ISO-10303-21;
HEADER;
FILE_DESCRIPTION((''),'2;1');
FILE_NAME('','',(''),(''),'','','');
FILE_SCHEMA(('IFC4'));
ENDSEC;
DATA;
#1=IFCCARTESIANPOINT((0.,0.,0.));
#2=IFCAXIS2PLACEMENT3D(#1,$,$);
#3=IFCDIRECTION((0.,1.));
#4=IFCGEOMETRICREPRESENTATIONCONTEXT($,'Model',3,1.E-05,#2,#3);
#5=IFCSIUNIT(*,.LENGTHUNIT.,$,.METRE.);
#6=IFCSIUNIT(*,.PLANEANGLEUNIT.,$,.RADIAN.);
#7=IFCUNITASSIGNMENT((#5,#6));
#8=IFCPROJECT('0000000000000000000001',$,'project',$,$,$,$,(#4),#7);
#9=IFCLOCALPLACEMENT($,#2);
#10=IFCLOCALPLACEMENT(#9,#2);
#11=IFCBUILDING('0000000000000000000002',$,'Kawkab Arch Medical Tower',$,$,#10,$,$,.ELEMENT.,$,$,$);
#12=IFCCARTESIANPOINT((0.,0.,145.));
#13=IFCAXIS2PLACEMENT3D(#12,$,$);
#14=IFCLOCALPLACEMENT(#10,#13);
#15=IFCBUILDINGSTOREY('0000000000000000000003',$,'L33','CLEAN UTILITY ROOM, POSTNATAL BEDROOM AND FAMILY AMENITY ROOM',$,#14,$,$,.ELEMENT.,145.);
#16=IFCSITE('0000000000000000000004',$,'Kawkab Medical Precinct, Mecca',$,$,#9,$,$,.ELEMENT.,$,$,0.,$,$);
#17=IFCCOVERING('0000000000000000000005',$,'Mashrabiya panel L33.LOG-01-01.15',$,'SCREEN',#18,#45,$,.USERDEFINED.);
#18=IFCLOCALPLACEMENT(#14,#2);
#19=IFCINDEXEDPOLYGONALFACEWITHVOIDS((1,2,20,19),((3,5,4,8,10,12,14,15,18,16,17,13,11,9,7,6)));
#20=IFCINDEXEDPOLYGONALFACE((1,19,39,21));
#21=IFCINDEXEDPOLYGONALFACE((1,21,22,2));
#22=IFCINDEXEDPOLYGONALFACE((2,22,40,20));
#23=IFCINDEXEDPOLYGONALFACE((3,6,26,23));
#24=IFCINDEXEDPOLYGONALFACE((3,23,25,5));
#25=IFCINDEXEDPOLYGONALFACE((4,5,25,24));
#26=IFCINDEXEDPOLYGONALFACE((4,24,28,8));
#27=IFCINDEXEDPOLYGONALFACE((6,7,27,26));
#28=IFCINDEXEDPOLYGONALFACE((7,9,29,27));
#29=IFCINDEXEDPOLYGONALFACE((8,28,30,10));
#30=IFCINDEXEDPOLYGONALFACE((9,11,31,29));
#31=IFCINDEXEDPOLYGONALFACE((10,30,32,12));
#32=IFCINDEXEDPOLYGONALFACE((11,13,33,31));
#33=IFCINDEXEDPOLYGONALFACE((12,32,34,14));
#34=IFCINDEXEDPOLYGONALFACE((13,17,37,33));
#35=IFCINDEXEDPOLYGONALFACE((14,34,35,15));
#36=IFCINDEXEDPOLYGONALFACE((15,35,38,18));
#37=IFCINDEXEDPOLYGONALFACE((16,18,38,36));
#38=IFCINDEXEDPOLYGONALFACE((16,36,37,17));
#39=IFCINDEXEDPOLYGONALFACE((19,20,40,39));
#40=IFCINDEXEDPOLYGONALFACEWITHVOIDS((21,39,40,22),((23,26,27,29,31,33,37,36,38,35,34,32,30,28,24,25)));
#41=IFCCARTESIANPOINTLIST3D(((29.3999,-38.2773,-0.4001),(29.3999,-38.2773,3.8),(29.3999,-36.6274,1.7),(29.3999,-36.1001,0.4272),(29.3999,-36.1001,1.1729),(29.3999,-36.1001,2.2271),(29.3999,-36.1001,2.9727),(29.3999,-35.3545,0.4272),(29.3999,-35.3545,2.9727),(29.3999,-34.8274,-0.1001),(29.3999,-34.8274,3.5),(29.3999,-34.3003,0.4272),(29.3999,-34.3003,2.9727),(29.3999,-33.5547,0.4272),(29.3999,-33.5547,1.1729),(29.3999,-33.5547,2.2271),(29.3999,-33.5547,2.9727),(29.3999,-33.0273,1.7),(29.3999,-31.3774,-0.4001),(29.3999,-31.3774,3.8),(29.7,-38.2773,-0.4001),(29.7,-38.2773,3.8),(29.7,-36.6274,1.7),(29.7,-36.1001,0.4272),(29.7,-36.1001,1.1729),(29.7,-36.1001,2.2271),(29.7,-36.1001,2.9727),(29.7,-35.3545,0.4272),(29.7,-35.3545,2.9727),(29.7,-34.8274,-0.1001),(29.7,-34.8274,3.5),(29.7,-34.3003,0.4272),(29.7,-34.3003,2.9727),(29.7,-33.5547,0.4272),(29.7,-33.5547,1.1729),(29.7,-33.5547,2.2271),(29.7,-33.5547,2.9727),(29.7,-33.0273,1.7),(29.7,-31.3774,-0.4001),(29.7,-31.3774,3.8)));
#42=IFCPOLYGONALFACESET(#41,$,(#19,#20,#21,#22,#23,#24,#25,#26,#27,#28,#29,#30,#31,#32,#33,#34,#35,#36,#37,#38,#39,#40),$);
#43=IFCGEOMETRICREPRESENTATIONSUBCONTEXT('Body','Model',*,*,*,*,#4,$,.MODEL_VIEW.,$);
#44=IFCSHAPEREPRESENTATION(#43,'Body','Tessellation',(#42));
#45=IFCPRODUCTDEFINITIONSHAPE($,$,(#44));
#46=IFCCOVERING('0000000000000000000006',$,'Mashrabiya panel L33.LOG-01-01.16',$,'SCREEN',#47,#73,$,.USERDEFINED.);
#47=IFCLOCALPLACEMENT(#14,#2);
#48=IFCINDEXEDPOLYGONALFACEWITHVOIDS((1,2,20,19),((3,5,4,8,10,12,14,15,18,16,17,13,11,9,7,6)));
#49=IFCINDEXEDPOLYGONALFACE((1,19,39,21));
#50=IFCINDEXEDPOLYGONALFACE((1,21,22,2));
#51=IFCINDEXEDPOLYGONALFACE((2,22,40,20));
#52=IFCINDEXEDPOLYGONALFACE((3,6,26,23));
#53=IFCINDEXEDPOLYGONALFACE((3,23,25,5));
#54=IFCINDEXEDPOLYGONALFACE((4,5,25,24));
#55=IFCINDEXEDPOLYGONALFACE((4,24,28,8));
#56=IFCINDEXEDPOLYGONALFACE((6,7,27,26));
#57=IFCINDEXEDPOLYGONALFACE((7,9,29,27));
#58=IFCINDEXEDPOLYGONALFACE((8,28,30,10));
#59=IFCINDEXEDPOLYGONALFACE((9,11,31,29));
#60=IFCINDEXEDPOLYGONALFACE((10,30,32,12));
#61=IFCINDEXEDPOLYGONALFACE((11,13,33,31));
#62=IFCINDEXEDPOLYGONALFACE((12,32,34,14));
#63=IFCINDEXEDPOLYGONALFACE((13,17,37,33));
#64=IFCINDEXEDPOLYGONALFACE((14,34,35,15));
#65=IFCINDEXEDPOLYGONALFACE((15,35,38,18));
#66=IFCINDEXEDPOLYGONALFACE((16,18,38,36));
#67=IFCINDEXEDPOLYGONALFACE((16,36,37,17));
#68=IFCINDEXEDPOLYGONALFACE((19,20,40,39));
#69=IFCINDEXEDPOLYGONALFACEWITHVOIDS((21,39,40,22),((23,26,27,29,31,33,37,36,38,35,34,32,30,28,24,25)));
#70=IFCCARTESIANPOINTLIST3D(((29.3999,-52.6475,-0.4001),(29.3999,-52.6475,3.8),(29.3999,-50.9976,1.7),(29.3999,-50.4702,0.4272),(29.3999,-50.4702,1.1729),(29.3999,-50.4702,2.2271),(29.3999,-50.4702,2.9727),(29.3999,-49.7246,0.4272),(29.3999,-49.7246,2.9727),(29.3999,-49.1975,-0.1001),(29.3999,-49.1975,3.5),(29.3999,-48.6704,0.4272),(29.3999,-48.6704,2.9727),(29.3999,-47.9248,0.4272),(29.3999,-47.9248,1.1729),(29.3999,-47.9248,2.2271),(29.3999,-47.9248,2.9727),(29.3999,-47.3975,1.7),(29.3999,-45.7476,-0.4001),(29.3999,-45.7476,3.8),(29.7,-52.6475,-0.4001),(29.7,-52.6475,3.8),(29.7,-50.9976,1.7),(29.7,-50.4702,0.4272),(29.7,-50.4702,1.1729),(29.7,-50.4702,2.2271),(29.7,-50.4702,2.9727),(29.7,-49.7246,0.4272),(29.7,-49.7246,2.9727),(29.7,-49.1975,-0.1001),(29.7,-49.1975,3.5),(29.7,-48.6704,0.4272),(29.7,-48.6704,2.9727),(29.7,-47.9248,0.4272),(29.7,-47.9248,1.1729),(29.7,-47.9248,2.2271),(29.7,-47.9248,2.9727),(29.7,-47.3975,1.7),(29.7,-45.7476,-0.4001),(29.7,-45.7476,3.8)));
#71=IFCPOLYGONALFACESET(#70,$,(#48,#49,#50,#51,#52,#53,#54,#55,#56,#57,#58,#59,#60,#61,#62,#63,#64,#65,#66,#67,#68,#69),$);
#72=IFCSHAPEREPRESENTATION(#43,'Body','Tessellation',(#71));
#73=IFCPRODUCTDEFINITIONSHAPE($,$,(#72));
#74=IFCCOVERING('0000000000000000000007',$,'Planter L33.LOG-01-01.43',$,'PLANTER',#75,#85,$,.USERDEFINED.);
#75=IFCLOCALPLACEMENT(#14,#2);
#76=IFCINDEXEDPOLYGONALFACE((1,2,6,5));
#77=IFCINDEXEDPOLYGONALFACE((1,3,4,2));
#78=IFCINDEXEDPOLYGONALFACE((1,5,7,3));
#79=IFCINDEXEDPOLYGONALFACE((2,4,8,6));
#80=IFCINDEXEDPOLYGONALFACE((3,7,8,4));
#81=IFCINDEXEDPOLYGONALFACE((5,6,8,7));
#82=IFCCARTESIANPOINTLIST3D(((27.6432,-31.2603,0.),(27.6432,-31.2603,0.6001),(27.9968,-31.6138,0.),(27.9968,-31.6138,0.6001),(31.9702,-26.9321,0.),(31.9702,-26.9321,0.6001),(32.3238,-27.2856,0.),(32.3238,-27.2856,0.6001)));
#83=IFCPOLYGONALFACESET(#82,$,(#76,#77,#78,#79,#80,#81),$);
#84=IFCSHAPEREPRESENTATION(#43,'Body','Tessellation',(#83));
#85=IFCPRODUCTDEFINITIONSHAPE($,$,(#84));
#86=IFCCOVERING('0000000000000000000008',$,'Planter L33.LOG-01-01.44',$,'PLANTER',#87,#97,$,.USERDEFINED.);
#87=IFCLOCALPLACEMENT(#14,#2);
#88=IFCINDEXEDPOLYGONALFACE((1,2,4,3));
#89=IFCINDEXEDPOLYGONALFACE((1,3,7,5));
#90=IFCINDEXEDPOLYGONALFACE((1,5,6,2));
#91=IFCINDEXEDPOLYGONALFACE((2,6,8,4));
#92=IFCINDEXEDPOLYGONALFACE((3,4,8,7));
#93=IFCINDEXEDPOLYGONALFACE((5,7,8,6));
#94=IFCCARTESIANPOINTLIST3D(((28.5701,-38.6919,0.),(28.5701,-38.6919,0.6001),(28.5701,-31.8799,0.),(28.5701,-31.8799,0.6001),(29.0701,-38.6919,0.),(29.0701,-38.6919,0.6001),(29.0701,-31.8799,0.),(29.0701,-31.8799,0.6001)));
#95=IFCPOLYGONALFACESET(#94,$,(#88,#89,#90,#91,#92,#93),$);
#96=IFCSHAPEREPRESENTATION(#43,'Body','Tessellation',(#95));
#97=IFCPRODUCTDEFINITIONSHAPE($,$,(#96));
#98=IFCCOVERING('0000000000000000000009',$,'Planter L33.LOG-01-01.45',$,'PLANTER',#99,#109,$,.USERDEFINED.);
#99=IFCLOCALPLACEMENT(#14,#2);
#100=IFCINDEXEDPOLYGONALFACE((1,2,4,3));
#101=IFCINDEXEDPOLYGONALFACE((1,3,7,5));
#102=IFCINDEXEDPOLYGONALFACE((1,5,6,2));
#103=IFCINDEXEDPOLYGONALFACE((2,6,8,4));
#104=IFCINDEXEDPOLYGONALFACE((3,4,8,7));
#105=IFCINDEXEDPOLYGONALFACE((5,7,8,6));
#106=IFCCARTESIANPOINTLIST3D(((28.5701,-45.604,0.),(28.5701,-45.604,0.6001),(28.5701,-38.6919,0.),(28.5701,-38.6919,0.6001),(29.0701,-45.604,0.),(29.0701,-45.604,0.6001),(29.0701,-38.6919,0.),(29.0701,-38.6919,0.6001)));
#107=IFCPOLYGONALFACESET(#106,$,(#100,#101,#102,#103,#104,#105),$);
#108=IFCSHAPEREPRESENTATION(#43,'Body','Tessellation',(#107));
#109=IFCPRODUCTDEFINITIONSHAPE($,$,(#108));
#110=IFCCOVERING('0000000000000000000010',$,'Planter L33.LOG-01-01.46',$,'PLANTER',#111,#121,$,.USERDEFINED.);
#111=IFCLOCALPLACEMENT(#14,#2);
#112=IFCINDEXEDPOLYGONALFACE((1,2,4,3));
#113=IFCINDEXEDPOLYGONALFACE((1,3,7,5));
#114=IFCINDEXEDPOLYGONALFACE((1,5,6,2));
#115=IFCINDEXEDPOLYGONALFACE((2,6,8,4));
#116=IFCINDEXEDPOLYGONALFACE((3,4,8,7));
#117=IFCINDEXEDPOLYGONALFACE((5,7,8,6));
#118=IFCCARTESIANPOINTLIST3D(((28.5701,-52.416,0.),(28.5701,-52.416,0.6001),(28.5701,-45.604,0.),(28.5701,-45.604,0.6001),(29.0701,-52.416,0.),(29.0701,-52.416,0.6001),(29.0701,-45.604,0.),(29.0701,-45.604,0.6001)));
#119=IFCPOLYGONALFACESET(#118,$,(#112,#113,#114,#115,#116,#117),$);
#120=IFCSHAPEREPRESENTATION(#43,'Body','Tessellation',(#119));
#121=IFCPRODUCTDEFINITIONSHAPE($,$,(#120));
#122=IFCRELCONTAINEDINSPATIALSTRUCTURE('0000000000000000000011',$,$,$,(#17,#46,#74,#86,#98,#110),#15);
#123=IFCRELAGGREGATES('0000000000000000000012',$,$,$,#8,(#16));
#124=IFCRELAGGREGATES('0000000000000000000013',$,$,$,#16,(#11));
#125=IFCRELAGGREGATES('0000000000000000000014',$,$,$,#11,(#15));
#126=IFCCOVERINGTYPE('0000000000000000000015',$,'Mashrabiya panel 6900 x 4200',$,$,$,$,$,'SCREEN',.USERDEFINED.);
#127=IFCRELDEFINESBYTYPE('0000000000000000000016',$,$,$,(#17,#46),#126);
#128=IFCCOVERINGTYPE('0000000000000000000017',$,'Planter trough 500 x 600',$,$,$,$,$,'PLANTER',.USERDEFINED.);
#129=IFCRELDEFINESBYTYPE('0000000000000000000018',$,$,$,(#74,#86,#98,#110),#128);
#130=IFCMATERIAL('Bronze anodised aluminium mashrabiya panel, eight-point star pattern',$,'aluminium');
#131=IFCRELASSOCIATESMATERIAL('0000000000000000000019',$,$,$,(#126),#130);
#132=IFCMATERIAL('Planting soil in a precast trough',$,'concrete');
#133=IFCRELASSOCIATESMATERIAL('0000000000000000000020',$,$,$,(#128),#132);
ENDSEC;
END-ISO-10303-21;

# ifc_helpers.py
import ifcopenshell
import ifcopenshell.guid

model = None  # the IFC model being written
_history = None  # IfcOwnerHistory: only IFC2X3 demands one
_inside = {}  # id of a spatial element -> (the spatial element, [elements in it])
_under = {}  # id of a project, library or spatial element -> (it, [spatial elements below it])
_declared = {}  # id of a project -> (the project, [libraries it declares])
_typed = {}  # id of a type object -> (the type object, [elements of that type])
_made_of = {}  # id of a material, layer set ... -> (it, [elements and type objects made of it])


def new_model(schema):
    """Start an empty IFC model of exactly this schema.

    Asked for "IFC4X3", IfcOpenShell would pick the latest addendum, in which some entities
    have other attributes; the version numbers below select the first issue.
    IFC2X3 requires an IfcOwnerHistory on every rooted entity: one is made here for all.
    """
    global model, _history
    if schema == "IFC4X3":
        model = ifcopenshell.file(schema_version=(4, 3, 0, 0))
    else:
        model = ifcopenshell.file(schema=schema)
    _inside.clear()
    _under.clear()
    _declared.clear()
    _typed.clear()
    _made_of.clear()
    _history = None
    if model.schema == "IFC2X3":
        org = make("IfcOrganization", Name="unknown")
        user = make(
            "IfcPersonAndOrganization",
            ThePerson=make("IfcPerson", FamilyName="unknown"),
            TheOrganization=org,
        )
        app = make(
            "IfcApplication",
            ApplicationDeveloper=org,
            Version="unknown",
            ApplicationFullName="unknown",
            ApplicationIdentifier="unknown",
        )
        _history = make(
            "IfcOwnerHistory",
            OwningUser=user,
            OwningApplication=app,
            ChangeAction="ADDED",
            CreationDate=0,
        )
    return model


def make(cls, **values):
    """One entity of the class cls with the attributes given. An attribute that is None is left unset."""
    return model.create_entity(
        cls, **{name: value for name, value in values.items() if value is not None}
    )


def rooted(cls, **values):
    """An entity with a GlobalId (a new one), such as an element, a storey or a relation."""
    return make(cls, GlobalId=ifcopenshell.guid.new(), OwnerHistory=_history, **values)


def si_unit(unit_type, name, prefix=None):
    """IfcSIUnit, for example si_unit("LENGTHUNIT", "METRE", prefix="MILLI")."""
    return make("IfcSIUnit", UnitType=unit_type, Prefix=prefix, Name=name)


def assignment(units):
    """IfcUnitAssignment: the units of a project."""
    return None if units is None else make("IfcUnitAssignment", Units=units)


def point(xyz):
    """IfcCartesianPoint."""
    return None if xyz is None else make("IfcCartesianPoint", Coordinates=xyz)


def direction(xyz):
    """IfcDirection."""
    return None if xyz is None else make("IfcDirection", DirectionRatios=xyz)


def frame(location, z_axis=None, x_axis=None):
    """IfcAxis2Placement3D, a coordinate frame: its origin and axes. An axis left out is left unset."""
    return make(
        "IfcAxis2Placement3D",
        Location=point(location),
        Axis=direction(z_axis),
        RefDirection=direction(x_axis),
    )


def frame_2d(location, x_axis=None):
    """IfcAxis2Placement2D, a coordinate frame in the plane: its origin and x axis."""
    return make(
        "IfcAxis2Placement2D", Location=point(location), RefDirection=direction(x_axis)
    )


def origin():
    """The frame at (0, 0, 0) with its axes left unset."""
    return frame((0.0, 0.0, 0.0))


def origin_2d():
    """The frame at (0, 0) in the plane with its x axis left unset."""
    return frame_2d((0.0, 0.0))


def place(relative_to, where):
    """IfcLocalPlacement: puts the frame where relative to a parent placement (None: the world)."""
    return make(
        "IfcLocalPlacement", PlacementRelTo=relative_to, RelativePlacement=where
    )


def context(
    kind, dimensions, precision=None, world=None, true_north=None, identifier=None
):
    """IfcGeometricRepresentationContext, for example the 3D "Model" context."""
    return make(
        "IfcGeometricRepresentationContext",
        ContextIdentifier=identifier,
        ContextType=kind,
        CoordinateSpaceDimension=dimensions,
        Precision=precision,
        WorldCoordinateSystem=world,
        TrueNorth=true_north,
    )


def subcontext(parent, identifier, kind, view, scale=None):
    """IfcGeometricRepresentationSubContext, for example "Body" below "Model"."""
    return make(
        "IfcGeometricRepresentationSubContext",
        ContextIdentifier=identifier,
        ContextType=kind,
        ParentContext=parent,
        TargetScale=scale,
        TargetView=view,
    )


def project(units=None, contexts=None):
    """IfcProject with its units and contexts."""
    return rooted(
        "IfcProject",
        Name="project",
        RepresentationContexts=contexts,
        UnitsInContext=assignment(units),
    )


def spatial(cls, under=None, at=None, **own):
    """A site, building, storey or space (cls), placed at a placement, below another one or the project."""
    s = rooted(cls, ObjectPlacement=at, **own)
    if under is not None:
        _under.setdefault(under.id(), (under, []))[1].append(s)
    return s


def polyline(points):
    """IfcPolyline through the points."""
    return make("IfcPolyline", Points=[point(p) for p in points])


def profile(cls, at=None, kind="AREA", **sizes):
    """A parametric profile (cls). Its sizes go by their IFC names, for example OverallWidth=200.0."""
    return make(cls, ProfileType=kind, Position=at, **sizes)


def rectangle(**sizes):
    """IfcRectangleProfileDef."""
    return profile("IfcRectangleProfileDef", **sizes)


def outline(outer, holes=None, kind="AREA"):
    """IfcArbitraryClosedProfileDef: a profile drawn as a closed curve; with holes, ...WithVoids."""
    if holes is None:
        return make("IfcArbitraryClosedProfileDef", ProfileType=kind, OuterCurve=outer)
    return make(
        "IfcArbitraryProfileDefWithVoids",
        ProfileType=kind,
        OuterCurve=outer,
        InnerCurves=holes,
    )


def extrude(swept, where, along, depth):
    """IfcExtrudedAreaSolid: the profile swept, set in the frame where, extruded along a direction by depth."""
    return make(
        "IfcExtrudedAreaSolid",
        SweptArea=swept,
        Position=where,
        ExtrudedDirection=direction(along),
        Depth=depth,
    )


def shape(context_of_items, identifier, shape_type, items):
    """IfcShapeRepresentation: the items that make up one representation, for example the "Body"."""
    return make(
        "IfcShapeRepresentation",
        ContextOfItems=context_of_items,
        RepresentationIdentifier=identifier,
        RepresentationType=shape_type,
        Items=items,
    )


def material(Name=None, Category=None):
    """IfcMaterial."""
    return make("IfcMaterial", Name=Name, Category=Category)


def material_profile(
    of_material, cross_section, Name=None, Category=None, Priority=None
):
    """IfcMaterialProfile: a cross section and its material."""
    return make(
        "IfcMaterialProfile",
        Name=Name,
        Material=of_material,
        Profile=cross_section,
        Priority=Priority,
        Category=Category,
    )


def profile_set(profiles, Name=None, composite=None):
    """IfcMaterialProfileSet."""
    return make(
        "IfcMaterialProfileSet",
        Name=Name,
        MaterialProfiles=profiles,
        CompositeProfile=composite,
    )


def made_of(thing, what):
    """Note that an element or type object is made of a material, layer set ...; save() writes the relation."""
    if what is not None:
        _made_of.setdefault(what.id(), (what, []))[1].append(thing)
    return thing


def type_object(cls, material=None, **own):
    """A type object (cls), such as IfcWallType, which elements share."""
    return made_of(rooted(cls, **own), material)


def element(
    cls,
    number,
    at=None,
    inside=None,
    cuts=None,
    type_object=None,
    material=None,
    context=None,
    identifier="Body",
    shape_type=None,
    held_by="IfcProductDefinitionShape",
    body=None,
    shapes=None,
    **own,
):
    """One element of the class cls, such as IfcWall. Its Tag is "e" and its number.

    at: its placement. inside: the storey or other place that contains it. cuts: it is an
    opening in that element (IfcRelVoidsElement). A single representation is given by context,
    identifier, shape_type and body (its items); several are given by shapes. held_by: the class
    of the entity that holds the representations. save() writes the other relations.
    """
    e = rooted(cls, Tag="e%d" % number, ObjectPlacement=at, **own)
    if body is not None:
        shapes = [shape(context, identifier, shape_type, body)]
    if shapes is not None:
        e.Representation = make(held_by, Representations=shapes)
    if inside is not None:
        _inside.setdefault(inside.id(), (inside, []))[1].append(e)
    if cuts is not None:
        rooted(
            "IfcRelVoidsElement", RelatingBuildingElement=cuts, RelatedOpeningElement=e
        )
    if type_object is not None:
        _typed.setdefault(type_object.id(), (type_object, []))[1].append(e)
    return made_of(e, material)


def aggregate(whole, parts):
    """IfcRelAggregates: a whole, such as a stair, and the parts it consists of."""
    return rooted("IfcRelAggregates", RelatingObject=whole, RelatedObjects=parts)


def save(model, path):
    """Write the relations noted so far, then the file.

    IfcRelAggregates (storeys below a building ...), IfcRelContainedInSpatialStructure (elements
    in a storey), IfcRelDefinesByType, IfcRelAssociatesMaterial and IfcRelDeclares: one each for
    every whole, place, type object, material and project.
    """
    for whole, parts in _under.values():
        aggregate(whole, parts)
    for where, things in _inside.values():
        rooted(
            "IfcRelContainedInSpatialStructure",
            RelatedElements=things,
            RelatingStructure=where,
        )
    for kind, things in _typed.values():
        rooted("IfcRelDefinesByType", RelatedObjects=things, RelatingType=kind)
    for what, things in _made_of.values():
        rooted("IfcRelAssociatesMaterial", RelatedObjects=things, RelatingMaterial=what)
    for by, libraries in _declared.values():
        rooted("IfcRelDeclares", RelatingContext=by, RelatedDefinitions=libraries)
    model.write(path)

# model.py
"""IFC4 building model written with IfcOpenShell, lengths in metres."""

from ifc_helpers import new_model, si_unit, direction, frame, origin, origin_2d, place, context, subcontext, project, spatial, polyline, rectangle, outline, extrude, material, material_profile, profile_set, type_object, element, save


model = new_model("IFC4")

# Units and contexts
model_context = context("Model", 3, precision=1e-05, world=origin(), true_north=direction((0.0, 1.0)))
body_context = subcontext(model_context, "Body", "Model", "MODEL_VIEW")
ifc_project = project(units=[si_unit("LENGTHUNIT", "METRE"), si_unit("PLANEANGLEUNIT", "RADIAN")], contexts=[model_context])

# Site, building, storey
site_placement = place(None, origin())
site = spatial("IfcSite", under=ifc_project, at=site_placement, Name="Kawkab Medical Precinct, Mecca", CompositionType="ELEMENT", RefElevation=0.0)
building_placement = place(site_placement, origin())
building = spatial("IfcBuilding", under=site, at=building_placement, Name="Kawkab Arch Medical Tower", CompositionType="ELEMENT")
storey_placement = place(building_placement, frame((0.0, 0.0, 145.0)))
storey = spatial("IfcBuildingStorey", under=building, at=storey_placement, Name="L33", Description="CLEAN UTILITY ROOM, POSTNATAL BEDROOM AND FAMILY AMENITY ROOM", CompositionType="ELEMENT", Elevation=145.0)

# Coverings
ifc_material_1 = material(Name="Bronze anodised aluminium mashrabiya panel, eight-point star pattern", Category="aluminium")
ifc_material_profile_1 = material_profile(ifc_material_1, outline(polyline([(-3.45, -2.1001), (3.45, -2.1001), (3.45, 2.1001), (-3.45, 2.1001), (-3.45, -2.1001)]), holes=[polyline([(1.8, 0.0), (1.2727, 0.5271), (1.2727, 1.2727), (0.5271, 1.2727), (0.0, 1.8), (-0.5271, 1.2727), (-1.2727, 1.2727), (-1.2727, 0.5271), (-1.8, 0.0), (-1.2727, -0.5271), (-1.2727, -1.2727), (-0.5271, -1.2727), (0.0, -1.8), (0.5271, -1.2727), (1.2727, -1.2727), (1.2727, -0.5271), (1.8, 0.0)])]), Name="Mashrabiya panel 6900x4200")
ifc_profile_set_1 = profile_set([ifc_material_profile_1], Name="Bronze anodised aluminium mashrabiya panel, eight-point star pattern")
covering_type_1 = type_object("IfcCoveringType", Name="Mashrabiya panel 6900 x 4200", ElementType="SCREEN", PredefinedType="USERDEFINED", material=ifc_profile_set_1)
for number, where, z_axis, x_axis, name in (
    (1, (29.3999, -34.8274, 1.7), (1.0, 0.0, 0.0), (0.0, 1.0, 0.0), "Mashrabiya panel L33.LOG-01-01.15"),
    (2, (29.3999, -49.1975, 1.7), (1.0, 0.0, 0.0), (0.0, 1.0, 0.0), "Mashrabiya panel L33.LOG-01-01.16"),
):
    element("IfcCovering", number, at=place(storey_placement, frame(where, z_axis=z_axis, x_axis=x_axis)), inside=storey, type_object=covering_type_1, Name=name, ObjectType="SCREEN", PredefinedType="USERDEFINED", context=body_context, shape_type="SweptSolid", body=[
        extrude(outline(polyline([(-3.45, -2.1001), (3.45, -2.1001), (3.45, 2.1001), (-3.45, 2.1001), (-3.45, -2.1001)]), holes=[polyline([(1.8, 0.0), (1.2727, 0.5271), (1.2727, 1.2727), (0.5271, 1.2727), (0.0, 1.8), (-0.5271, 1.2727), (-1.2727, 1.2727), (-1.2727, 0.5271), (-1.8, 0.0), (-1.2727, -0.5271), (-1.2727, -1.2727), (-0.5271, -1.2727), (0.0, -1.8), (0.5271, -1.2727), (1.2727, -1.2727), (1.2727, -0.5271), (1.8, 0.0)])]), origin(), (0.0, 0.0, 1.0), 0.3),
    ])
ifc_material_2 = material(Name="Planting soil in a precast trough", Category="concrete")
ifc_material_profile_2 = material_profile(ifc_material_2, rectangle(XDim=0.5, YDim=0.6001, at=origin_2d()), Name="Trough 500x600")
ifc_profile_set_2 = profile_set([ifc_material_profile_2], Name="Planting soil in a precast trough")
covering_type_2 = type_object("IfcCoveringType", Name="Planter trough 500 x 600", ElementType="PLANTER", PredefinedType="USERDEFINED", material=ifc_profile_set_2)
covering_1_placement = place(storey_placement, frame((32.147, -27.1089, 0.3), z_axis=(-0.707007, -0.707207, 0.0), x_axis=(0.707207, -0.707007, 0.0)))
element("IfcCovering", 3, at=covering_1_placement, inside=storey, type_object=covering_type_2, Name="Planter L33.LOG-01-01.43", ObjectType="PLANTER", PredefinedType="USERDEFINED", context=body_context, shape_type="SweptSolid", body=[
    extrude(rectangle(XDim=0.5, YDim=0.6001, at=origin_2d()), origin(), (0.0, 0.0, 1.0), 6.1201),
])
covering_2_placement = place(storey_placement, frame((28.8201, -31.8799, 0.3), z_axis=(0.0, -1.0, 0.0), x_axis=(1.0, 0.0, 0.0)))
element("IfcCovering", 4, at=covering_2_placement, inside=storey, type_object=covering_type_2, Name="Planter L33.LOG-01-01.44", ObjectType="PLANTER", PredefinedType="USERDEFINED", context=body_context, shape_type="SweptSolid", body=[
    extrude(rectangle(XDim=0.5, YDim=0.6001, at=origin_2d()), origin(), (0.0, 0.0, 1.0), 6.812),
])
covering_3_placement = place(storey_placement, frame((28.8201, -38.6919, 0.3), z_axis=(0.0, -1.0, 0.0), x_axis=(1.0, 0.0, 0.0)))
element("IfcCovering", 5, at=covering_3_placement, inside=storey, type_object=covering_type_2, Name="Planter L33.LOG-01-01.45", ObjectType="PLANTER", PredefinedType="USERDEFINED", context=body_context, shape_type="SweptSolid", body=[
    extrude(rectangle(XDim=0.5, YDim=0.6001, at=origin_2d()), origin(), (0.0, 0.0, 1.0), 6.9121),
])
covering_4_placement = place(storey_placement, frame((28.8201, -45.604, 0.3), z_axis=(0.0, -1.0, 0.0), x_axis=(1.0, 0.0, 0.0)))
element("IfcCovering", 6, at=covering_4_placement, inside=storey, type_object=covering_type_2, Name="Planter L33.LOG-01-01.46", ObjectType="PLANTER", PredefinedType="USERDEFINED", context=body_context, shape_type="SweptSolid", body=[
    extrude(rectangle(XDim=0.5, YDim=0.6001, at=origin_2d()), origin(), (0.0, 0.0, 1.0), 6.812),
])

save(model, "model.ifc")
